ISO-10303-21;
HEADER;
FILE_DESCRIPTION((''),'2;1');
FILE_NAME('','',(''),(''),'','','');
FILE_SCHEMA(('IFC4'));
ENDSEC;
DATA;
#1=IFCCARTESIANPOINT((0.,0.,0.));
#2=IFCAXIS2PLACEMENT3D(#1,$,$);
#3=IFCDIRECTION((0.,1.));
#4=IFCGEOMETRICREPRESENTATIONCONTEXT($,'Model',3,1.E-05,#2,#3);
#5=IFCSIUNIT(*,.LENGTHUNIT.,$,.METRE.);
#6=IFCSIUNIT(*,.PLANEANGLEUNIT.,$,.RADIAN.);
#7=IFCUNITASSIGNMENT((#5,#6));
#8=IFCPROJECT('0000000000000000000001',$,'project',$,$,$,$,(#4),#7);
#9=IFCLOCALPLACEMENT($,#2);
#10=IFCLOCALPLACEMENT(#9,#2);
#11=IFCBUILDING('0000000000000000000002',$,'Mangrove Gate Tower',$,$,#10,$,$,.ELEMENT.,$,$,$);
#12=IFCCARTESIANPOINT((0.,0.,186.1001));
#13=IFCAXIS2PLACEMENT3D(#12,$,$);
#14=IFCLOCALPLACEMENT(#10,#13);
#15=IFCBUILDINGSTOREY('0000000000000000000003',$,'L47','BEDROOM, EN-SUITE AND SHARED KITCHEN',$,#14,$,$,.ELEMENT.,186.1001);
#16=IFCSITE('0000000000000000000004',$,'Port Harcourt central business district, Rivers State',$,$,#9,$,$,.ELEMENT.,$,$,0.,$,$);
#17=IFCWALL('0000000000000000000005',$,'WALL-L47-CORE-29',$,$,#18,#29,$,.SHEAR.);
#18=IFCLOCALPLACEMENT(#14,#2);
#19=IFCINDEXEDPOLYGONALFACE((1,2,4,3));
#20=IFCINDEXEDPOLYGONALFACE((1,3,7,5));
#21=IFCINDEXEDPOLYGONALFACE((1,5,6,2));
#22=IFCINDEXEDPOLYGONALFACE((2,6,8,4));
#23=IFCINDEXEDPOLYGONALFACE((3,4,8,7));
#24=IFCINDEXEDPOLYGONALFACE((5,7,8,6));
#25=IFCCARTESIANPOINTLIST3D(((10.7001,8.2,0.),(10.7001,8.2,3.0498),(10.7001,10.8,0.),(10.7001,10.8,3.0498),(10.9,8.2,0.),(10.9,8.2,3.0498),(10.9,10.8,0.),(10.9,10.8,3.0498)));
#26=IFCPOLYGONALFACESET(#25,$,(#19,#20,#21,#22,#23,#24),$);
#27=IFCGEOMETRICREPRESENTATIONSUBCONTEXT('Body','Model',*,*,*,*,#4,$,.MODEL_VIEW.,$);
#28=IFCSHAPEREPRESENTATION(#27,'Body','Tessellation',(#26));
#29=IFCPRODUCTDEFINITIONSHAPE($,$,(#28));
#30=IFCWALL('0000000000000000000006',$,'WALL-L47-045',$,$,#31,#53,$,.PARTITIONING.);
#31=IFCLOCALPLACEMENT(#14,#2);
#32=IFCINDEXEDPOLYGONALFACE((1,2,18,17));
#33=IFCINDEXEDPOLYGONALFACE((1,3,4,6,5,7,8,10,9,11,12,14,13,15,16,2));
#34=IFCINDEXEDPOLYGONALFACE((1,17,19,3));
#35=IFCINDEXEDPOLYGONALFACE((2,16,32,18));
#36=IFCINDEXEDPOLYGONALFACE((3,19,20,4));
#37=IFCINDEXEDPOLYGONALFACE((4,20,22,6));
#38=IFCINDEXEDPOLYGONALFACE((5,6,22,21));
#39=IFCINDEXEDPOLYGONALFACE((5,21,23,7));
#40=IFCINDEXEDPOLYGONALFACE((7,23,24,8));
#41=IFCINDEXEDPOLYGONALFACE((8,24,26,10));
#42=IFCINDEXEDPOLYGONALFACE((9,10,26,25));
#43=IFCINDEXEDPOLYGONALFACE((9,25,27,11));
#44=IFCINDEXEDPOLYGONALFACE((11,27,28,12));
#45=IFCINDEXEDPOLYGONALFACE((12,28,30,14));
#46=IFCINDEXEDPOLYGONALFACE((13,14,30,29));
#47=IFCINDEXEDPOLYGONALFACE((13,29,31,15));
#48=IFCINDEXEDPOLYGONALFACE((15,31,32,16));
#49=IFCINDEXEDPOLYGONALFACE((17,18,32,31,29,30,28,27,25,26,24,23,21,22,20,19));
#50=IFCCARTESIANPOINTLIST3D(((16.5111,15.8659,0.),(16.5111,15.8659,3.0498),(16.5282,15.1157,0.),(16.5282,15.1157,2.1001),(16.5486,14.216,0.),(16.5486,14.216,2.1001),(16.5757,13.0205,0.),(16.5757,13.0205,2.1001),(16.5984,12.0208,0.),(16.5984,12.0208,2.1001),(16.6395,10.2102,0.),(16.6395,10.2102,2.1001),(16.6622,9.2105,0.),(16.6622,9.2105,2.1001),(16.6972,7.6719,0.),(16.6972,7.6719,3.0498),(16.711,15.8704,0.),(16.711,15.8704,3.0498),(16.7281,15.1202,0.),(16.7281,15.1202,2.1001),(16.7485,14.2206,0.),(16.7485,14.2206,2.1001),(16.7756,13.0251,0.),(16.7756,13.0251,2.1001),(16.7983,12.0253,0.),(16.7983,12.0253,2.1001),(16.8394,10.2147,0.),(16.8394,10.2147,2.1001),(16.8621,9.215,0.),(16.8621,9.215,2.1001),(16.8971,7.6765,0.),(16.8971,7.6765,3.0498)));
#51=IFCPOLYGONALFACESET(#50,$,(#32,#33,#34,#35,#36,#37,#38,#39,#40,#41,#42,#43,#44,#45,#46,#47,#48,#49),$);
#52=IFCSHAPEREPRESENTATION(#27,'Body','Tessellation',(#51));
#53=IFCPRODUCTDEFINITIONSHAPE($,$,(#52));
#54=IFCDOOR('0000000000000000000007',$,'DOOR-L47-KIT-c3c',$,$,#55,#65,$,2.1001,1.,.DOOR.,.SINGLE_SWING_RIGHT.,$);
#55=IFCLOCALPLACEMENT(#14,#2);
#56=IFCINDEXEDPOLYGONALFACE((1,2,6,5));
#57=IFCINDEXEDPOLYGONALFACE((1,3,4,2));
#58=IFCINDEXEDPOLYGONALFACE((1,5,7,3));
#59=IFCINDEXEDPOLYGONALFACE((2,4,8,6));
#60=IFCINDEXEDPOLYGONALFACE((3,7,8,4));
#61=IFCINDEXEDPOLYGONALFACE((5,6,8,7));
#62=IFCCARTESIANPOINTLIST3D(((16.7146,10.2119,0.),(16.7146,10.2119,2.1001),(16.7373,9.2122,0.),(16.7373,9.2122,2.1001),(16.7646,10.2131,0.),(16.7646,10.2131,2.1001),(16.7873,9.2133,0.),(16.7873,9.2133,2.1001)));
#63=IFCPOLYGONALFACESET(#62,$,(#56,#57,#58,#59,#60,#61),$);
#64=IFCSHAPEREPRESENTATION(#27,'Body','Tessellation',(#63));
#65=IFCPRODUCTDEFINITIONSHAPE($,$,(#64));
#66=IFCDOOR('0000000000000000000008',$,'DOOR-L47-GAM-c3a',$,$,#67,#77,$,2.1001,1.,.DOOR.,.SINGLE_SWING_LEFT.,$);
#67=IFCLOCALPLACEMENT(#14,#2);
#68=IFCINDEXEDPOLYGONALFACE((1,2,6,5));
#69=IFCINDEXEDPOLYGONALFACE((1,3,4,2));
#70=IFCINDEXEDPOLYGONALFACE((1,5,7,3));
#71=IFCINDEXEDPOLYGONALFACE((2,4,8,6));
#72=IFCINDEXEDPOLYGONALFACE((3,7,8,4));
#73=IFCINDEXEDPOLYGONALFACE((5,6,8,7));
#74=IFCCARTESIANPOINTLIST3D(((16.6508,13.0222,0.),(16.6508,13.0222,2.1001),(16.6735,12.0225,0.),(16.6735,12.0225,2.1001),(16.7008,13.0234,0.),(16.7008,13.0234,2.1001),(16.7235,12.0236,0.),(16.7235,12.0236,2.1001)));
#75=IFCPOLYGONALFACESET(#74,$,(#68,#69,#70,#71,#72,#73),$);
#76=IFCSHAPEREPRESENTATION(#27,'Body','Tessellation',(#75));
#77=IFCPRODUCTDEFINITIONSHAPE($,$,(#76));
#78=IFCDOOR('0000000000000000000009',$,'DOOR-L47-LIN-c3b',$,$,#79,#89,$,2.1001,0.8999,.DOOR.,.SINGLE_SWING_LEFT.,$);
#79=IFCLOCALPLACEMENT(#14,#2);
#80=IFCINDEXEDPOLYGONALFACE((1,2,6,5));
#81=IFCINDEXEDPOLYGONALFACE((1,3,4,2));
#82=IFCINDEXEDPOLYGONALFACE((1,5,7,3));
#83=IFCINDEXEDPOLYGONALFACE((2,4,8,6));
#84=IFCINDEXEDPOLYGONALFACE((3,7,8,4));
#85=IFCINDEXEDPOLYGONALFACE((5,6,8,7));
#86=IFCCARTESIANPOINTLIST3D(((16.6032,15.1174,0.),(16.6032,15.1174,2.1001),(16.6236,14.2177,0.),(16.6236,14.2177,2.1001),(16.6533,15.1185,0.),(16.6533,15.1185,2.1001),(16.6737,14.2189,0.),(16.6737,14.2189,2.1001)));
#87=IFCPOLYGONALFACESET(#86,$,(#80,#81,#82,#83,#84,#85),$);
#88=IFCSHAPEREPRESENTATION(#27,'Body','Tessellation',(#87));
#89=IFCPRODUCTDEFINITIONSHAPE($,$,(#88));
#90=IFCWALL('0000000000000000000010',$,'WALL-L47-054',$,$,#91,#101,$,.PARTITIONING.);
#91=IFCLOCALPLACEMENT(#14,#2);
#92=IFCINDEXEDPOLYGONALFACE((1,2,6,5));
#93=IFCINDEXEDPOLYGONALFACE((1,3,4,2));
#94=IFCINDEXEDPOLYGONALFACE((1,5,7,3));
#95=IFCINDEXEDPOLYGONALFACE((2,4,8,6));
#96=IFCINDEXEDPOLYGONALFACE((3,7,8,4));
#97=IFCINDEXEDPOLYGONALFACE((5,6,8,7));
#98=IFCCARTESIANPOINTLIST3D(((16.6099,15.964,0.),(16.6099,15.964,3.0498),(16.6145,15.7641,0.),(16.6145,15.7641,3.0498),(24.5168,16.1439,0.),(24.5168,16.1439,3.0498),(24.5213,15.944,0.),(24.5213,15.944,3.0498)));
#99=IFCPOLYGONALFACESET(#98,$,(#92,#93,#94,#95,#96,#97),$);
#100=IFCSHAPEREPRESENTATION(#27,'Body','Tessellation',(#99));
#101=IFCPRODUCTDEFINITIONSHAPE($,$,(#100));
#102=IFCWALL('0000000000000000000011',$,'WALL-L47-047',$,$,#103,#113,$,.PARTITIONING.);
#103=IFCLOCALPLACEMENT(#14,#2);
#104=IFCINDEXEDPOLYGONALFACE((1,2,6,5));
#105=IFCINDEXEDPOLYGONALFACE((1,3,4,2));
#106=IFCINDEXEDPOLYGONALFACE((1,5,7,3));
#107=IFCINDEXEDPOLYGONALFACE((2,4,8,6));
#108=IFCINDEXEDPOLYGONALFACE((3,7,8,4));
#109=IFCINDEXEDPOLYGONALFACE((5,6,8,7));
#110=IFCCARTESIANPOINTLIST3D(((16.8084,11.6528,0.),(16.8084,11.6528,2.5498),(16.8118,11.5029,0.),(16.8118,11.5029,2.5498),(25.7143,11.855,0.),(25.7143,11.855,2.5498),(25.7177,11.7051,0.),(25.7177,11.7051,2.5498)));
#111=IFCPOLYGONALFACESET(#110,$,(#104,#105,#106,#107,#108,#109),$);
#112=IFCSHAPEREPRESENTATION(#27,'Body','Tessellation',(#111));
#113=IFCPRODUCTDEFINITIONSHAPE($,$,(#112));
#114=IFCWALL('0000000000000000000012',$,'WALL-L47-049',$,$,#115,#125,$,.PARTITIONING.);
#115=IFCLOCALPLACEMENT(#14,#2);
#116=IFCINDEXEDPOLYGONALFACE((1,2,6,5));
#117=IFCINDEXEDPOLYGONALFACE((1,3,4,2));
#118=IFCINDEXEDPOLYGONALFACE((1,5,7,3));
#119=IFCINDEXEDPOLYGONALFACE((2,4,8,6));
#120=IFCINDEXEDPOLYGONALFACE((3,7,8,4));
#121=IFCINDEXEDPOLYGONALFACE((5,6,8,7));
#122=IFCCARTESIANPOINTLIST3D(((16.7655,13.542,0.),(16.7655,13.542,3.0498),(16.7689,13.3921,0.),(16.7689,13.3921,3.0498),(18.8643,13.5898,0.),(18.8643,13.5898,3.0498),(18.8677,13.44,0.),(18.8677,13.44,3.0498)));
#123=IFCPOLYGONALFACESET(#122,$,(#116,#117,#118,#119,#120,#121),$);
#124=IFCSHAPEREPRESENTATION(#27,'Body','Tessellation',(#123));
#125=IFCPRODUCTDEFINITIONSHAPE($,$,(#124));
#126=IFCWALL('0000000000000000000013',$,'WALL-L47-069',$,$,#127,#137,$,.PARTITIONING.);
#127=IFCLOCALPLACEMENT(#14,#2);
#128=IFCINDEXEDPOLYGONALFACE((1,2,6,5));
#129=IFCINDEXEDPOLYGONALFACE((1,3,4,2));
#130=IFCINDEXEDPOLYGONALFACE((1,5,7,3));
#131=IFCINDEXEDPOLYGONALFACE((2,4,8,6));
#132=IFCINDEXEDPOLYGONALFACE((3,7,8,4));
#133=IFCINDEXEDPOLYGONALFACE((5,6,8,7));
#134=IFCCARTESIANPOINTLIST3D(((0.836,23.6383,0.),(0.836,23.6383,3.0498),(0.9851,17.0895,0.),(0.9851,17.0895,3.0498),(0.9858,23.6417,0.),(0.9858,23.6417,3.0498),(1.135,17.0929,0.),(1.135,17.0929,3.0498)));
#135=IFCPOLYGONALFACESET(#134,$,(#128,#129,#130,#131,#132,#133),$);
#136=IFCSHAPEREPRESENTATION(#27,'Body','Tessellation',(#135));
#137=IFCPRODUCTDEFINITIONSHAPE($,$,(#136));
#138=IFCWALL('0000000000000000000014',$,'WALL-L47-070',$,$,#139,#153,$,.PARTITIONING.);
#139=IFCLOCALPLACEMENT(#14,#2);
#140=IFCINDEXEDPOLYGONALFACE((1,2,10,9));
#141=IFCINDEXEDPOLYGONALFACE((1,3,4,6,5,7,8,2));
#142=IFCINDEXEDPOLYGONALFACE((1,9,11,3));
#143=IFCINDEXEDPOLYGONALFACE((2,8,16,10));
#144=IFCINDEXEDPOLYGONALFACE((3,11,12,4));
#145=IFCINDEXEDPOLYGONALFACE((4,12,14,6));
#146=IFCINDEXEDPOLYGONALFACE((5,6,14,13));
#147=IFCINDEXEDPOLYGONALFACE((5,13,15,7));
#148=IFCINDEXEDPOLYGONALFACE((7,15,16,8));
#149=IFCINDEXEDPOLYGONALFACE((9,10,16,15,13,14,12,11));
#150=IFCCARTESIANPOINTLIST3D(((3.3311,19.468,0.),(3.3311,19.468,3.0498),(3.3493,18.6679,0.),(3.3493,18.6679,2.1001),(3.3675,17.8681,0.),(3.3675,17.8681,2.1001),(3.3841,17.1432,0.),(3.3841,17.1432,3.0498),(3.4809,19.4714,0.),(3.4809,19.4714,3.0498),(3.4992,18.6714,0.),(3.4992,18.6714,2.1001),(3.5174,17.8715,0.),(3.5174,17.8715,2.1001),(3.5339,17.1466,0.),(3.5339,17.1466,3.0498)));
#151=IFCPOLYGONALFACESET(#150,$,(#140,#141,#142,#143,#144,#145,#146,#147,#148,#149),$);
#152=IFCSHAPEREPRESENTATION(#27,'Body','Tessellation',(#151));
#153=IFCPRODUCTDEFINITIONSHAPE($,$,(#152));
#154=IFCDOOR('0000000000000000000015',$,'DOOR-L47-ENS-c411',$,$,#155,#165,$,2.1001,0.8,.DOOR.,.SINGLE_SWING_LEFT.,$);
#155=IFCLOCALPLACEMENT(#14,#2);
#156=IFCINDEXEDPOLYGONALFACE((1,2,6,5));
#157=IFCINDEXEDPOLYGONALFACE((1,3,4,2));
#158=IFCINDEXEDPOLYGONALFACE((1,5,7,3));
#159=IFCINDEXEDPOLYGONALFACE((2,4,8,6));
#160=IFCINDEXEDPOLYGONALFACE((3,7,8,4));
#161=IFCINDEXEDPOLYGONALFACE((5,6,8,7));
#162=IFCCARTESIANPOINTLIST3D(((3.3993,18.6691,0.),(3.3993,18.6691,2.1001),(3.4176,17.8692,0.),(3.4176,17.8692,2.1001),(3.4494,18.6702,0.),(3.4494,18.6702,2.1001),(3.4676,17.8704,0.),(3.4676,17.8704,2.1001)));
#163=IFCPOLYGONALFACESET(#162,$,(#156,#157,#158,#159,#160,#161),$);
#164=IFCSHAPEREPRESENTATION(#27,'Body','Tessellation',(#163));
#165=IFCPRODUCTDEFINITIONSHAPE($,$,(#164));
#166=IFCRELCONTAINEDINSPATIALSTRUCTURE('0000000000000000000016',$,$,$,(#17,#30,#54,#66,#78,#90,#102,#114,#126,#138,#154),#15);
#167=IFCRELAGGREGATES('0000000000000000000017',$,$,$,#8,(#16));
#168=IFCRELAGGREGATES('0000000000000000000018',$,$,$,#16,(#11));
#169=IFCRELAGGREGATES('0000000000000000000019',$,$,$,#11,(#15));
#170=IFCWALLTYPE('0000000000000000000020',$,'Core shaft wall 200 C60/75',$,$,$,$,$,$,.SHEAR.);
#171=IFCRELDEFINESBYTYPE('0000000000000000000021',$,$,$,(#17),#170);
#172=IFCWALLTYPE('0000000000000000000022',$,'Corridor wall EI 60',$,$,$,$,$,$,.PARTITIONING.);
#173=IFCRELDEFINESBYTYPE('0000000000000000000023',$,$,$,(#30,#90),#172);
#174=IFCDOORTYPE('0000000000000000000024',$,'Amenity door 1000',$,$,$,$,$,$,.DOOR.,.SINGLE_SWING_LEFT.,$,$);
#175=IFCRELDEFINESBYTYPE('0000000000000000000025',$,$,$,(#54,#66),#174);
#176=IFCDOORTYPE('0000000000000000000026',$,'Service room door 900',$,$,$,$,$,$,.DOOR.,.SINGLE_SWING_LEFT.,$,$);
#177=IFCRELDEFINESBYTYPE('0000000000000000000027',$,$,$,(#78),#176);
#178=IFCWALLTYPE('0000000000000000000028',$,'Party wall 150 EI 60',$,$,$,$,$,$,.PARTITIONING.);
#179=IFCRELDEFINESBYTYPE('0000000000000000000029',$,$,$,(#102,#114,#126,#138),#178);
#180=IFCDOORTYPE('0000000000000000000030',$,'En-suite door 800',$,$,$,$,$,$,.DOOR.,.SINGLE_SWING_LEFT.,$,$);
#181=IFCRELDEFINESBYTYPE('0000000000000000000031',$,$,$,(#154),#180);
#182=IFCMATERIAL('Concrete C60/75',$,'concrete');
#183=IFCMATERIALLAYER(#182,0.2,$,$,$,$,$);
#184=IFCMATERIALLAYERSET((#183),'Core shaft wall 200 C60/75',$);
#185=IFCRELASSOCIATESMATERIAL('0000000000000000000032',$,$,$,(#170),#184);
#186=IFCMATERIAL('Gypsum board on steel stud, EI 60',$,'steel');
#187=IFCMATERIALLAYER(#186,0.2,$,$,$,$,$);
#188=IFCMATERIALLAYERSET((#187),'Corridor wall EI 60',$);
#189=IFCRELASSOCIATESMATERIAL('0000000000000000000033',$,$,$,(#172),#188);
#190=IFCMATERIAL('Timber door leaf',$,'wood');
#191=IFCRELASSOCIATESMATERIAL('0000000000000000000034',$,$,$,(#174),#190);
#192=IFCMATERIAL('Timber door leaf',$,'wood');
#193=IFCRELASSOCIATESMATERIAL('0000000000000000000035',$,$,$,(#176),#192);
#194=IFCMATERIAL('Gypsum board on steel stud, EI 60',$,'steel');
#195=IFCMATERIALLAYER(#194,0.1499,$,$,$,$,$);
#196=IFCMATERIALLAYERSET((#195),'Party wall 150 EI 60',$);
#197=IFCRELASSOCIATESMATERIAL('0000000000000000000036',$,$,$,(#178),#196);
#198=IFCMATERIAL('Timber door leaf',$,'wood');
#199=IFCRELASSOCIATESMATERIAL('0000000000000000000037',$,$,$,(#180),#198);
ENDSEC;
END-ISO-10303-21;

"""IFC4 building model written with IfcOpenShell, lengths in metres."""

from ifc_helpers import new_model, si_unit, direction, frame, frame_2d, origin, place, context, subcontext, project, spatial, rectangle, extrude, material, layer, layer_set, type_object, element, fill, save


model = new_model("IFC4")

# Units and contexts
model_context = context("Model", 3, precision=1e-05, world=origin(), true_north=direction((0.0, 1.0)))
body_context = subcontext(model_context, "Body", "Model", "MODEL_VIEW")
ifc_project = project(units=[si_unit("LENGTHUNIT", "METRE"), si_unit("PLANEANGLEUNIT", "RADIAN")], contexts=[model_context])

# Site, building, storey
site_placement = place(None, origin())
site = spatial("IfcSite", under=ifc_project, at=site_placement, Name="Port Harcourt central business district, Rivers State", CompositionType="ELEMENT", RefElevation=0.0)
building_placement = place(site_placement, origin())
building = spatial("IfcBuilding", under=site, at=building_placement, Name="Mangrove Gate Tower", CompositionType="ELEMENT")
storey_placement = place(building_placement, frame((0.0, 0.0, 186.1001)))
storey = spatial("IfcBuildingStorey", under=building, at=storey_placement, Name="L47", Description="BEDROOM, EN-SUITE AND SHARED KITCHEN", CompositionType="ELEMENT", Elevation=186.1001)

# Wall
ifc_material_1 = material(Name="Concrete C60/75", Category="concrete")
ifc_layer_1 = layer(ifc_material_1, 0.2)
ifc_layer_set_1 = layer_set([ifc_layer_1], Name="Core shaft wall 200 C60/75")
wall_type_1 = type_object("IfcWallType", Name="Core shaft wall 200 C60/75", PredefinedType="SHEAR", material=ifc_layer_set_1)
for number, where, z_axis, x_axis, name in (
    (1, (10.8, 8.2, 0.0), (0.0, 0.0, 1.0), (0.0, 1.0, 0.0), "WALL-L47-CORE-29"),
):
    element("IfcWall", number, at=place(storey_placement, frame(where, z_axis=z_axis, x_axis=x_axis)), inside=storey, type_object=wall_type_1, Name=name, PredefinedType="SHEAR", context=body_context, shape_type="SweptSolid", body=[
        extrude(rectangle(XDim=2.6001, YDim=0.2, at=frame_2d((1.3, 0.0))), origin(), (0.0, 0.0, 1.0), 3.0498),
    ])

# Wall, openings, doors
ifc_material_2 = material(Name="Gypsum board on steel stud, EI 60", Category="steel")
ifc_layer_2 = layer(ifc_material_2, 0.2)
ifc_layer_set_2 = layer_set([ifc_layer_2], Name="Corridor wall EI 60")
wall_type_2 = type_object("IfcWallType", Name="Corridor wall EI 60", PredefinedType="PARTITIONING", material=ifc_layer_set_2)
wall_1_placement = place(storey_placement, frame((16.7971, 7.6741, 0.0), z_axis=(0.0, 0.0, 1.0), x_axis=(-0.022698, 0.999742, 0.0)))
wall_1 = element("IfcWall", 2, at=wall_1_placement, inside=storey, type_object=wall_type_2, Name="WALL-L47-045", PredefinedType="PARTITIONING", context=body_context, shape_type="SweptSolid", body=[
    extrude(rectangle(XDim=8.196, YDim=0.2, at=frame_2d((4.0981, 0.0))), origin(), (0.0, 0.0, 1.0), 3.0498),
])
opening_1_placement = place(wall_1_placement, frame((1.5391, 0.0, 0.0)))
opening_1 = element("IfcOpeningElement", 3, at=opening_1_placement, cuts=wall_1, PredefinedType="OPENING", context=body_context, shape_type="SweptSolid", body=[
    extrude(rectangle(XDim=1.0, YDim=2.1001, at=frame_2d((0.5, 1.05))), frame((0.0, 0.1099, 0.0), z_axis=(0.0, -1.0, 0.0), x_axis=(1.0, 0.0, 0.0)), (0.0, 0.0, 1.0), 0.22),
])
opening_2_placement = place(wall_1_placement, frame((4.3501, 0.0, 0.0)))
opening_2 = element("IfcOpeningElement", 4, at=opening_2_placement, cuts=wall_1, PredefinedType="OPENING", context=body_context, shape_type="SweptSolid", body=[
    extrude(rectangle(XDim=1.0, YDim=2.1001, at=frame_2d((0.5, 1.05))), frame((0.0, 0.1099, 0.0), z_axis=(0.0, -1.0, 0.0), x_axis=(1.0, 0.0, 0.0)), (0.0, 0.0, 1.0), 0.22),
])
opening_3_placement = place(wall_1_placement, frame((6.5459, 0.0, 0.0)))
opening_3 = element("IfcOpeningElement", 5, at=opening_3_placement, cuts=wall_1, PredefinedType="OPENING", context=body_context, shape_type="SweptSolid", body=[
    extrude(rectangle(XDim=0.8999, YDim=2.1001, at=frame_2d((0.45, 1.05))), frame((0.0, 0.1099, 0.0), z_axis=(0.0, -1.0, 0.0), x_axis=(1.0, 0.0, 0.0)), (0.0, 0.0, 1.0), 0.22),
])
ifc_material_3 = material(Name="Timber door leaf", Category="wood")
door_type_1 = type_object("IfcDoorType", Name="Amenity door 1000", OperationType="SINGLE_SWING_LEFT", PredefinedType="DOOR", material=ifc_material_3)
door_1_placement = place(opening_1_placement, origin())
door_1 = element("IfcDoor", 6, at=door_1_placement, inside=storey, type_object=door_type_1, Name="DOOR-L47-KIT-c3c", OperationType="SINGLE_SWING_RIGHT", OverallHeight=2.1001, OverallWidth=1.0, PredefinedType="DOOR", context=body_context, shape_type="SweptSolid", body=[
    extrude(rectangle(XDim=1.0, YDim=2.1001, at=frame_2d((0.5, 1.05))), frame((0.0, 0.0249, 0.0), z_axis=(0.0, -1.0, 0.0), x_axis=(1.0, 0.0, 0.0)), (0.0, 0.0, 1.0), 0.05),
])
fill(opening_1, door_1)
door_2_placement = place(opening_2_placement, origin())
door_2 = element("IfcDoor", 7, at=door_2_placement, inside=storey, type_object=door_type_1, Name="DOOR-L47-GAM-c3a", OperationType="SINGLE_SWING_LEFT", OverallHeight=2.1001, OverallWidth=1.0, PredefinedType="DOOR", context=body_context, shape_type="SweptSolid", body=[
    extrude(rectangle(XDim=1.0, YDim=2.1001, at=frame_2d((0.5, 1.05))), frame((0.0, 0.0249, 0.0), z_axis=(0.0, -1.0, 0.0), x_axis=(1.0, 0.0, 0.0)), (0.0, 0.0, 1.0), 0.05),
])
fill(opening_2, door_2)
ifc_material_4 = material(Name="Timber door leaf", Category="wood")
door_type_2 = type_object("IfcDoorType", Name="Service room door 900", OperationType="SINGLE_SWING_LEFT", PredefinedType="DOOR", material=ifc_material_4)
door_3_placement = place(opening_3_placement, origin())
door_3 = element("IfcDoor", 8, at=door_3_placement, inside=storey, type_object=door_type_2, Name="DOOR-L47-LIN-c3b", OperationType="SINGLE_SWING_LEFT", OverallHeight=2.1001, OverallWidth=0.8999, PredefinedType="DOOR", context=body_context, shape_type="SweptSolid", body=[
    extrude(rectangle(XDim=0.8999, YDim=2.1001, at=frame_2d((0.45, 1.05))), frame((0.0, 0.0249, 0.0), z_axis=(0.0, -1.0, 0.0), x_axis=(1.0, 0.0, 0.0)), (0.0, 0.0, 1.0), 0.05),
])
fill(opening_3, door_3)

# Walls
wall_2_placement = place(storey_placement, frame((16.6121, 15.864, 0.0), z_axis=(0.0, 0.0, 1.0), x_axis=(0.999741, 0.02275, 0.0)))
element("IfcWall", 9, at=wall_2_placement, inside=storey, type_object=wall_type_2, Name="WALL-L47-054", PredefinedType="PARTITIONING", context=body_context, shape_type="SweptSolid", body=[
    extrude(rectangle(XDim=7.9089, YDim=0.2, at=frame_2d((3.9546, 0.0))), origin(), (0.0, 0.0, 1.0), 3.0498),
])
ifc_material_5 = material(Name="Gypsum board on steel stud, EI 60", Category="steel")
ifc_layer_3 = layer(ifc_material_5, 0.1499)
ifc_layer_set_3 = layer_set([ifc_layer_3], Name="Party wall 150 EI 60")
wall_type_3 = type_object("IfcWallType", Name="Party wall 150 EI 60", PredefinedType="PARTITIONING", material=ifc_layer_set_3)
wall_3_placement = place(storey_placement, frame((16.8101, 11.5779, 0.0), z_axis=(0.0, 0.0, 1.0), x_axis=(0.999743, 0.022692, 0.0)))
element("IfcWall", 10, at=wall_3_placement, inside=storey, type_object=wall_type_3, Name="WALL-L47-047", PredefinedType="PARTITIONING", context=body_context, shape_type="SweptSolid", body=[
    extrude(rectangle(XDim=8.9082, YDim=0.1499, at=frame_2d((4.4541, 0.0))), origin(), (0.0, 0.0, 1.0), 2.5498),
])
wall_4_placement = place(storey_placement, frame((16.7671, 13.467, 0.0), z_axis=(0.0, 0.0, 1.0), x_axis=(0.99974, 0.022793, 0.0)))
element("IfcWall", 11, at=wall_4_placement, inside=storey, type_object=wall_type_3, Name="WALL-L47-049", PredefinedType="PARTITIONING", context=body_context, shape_type="SweptSolid", body=[
    extrude(rectangle(XDim=2.0994, YDim=0.1499, at=frame_2d((1.0498, 0.0))), origin(), (0.0, 0.0, 1.0), 3.0498),
])
wall_5_placement = place(storey_placement, frame((1.0601, 17.0911, 0.0), z_axis=(0.0, 0.0, 1.0), x_axis=(-0.022772, 0.999741, 0.0)))
element("IfcWall", 12, at=wall_5_placement, inside=storey, type_object=wall_type_3, Name="WALL-L47-069", PredefinedType="PARTITIONING", context=body_context, shape_type="SweptSolid", body=[
    extrude(rectangle(XDim=6.5505, YDim=0.1499, at=frame_2d((3.2754, 0.0))), origin(), (0.0, 0.0, 1.0), 3.0498),
])

# Wall, opening, door
wall_6_placement = place(storey_placement, frame((3.459, 17.145, 0.0), z_axis=(0.0, 0.0, 1.0), x_axis=(-0.022781, 0.99974, 0.0)))
wall_6 = element("IfcWall", 13, at=wall_6_placement, inside=storey, type_object=wall_type_3, Name="WALL-L47-070", PredefinedType="PARTITIONING", context=body_context, shape_type="SweptSolid", body=[
    extrude(rectangle(XDim=2.3254, YDim=0.1499, at=frame_2d((1.1626, 0.0))), origin(), (0.0, 0.0, 1.0), 3.0498),
])
opening_4_placement = place(wall_6_placement, frame((0.7251, 0.0, 0.0)))
opening_4 = element("IfcOpeningElement", 14, at=opening_4_placement, cuts=wall_6, PredefinedType="OPENING", context=body_context, shape_type="SweptSolid", body=[
    extrude(rectangle(XDim=0.8, YDim=2.1001, at=frame_2d((0.3999, 1.05))), frame((0.0, 0.085, 0.0), z_axis=(0.0, -1.0, 0.0), x_axis=(1.0, 0.0, 0.0)), (0.0, 0.0, 1.0), 0.1699),
])
ifc_material_6 = material(Name="Timber door leaf", Category="wood")
door_type_3 = type_object("IfcDoorType", Name="En-suite door 800", OperationType="SINGLE_SWING_LEFT", PredefinedType="DOOR", material=ifc_material_6)
door_4_placement = place(opening_4_placement, origin())
door_4 = element("IfcDoor", 15, at=door_4_placement, inside=storey, type_object=door_type_3, Name="DOOR-L47-ENS-c411", OperationType="SINGLE_SWING_LEFT", OverallHeight=2.1001, OverallWidth=0.8, PredefinedType="DOOR", context=body_context, shape_type="SweptSolid", body=[
    extrude(rectangle(XDim=0.8, YDim=2.1001, at=frame_2d((0.3999, 1.05))), frame((0.0, 0.0249, 0.0), z_axis=(0.0, -1.0, 0.0), x_axis=(1.0, 0.0, 0.0)), (0.0, 0.0, 1.0), 0.05),
])
fill(opening_4, door_4)

save(model, "model.ifc")
